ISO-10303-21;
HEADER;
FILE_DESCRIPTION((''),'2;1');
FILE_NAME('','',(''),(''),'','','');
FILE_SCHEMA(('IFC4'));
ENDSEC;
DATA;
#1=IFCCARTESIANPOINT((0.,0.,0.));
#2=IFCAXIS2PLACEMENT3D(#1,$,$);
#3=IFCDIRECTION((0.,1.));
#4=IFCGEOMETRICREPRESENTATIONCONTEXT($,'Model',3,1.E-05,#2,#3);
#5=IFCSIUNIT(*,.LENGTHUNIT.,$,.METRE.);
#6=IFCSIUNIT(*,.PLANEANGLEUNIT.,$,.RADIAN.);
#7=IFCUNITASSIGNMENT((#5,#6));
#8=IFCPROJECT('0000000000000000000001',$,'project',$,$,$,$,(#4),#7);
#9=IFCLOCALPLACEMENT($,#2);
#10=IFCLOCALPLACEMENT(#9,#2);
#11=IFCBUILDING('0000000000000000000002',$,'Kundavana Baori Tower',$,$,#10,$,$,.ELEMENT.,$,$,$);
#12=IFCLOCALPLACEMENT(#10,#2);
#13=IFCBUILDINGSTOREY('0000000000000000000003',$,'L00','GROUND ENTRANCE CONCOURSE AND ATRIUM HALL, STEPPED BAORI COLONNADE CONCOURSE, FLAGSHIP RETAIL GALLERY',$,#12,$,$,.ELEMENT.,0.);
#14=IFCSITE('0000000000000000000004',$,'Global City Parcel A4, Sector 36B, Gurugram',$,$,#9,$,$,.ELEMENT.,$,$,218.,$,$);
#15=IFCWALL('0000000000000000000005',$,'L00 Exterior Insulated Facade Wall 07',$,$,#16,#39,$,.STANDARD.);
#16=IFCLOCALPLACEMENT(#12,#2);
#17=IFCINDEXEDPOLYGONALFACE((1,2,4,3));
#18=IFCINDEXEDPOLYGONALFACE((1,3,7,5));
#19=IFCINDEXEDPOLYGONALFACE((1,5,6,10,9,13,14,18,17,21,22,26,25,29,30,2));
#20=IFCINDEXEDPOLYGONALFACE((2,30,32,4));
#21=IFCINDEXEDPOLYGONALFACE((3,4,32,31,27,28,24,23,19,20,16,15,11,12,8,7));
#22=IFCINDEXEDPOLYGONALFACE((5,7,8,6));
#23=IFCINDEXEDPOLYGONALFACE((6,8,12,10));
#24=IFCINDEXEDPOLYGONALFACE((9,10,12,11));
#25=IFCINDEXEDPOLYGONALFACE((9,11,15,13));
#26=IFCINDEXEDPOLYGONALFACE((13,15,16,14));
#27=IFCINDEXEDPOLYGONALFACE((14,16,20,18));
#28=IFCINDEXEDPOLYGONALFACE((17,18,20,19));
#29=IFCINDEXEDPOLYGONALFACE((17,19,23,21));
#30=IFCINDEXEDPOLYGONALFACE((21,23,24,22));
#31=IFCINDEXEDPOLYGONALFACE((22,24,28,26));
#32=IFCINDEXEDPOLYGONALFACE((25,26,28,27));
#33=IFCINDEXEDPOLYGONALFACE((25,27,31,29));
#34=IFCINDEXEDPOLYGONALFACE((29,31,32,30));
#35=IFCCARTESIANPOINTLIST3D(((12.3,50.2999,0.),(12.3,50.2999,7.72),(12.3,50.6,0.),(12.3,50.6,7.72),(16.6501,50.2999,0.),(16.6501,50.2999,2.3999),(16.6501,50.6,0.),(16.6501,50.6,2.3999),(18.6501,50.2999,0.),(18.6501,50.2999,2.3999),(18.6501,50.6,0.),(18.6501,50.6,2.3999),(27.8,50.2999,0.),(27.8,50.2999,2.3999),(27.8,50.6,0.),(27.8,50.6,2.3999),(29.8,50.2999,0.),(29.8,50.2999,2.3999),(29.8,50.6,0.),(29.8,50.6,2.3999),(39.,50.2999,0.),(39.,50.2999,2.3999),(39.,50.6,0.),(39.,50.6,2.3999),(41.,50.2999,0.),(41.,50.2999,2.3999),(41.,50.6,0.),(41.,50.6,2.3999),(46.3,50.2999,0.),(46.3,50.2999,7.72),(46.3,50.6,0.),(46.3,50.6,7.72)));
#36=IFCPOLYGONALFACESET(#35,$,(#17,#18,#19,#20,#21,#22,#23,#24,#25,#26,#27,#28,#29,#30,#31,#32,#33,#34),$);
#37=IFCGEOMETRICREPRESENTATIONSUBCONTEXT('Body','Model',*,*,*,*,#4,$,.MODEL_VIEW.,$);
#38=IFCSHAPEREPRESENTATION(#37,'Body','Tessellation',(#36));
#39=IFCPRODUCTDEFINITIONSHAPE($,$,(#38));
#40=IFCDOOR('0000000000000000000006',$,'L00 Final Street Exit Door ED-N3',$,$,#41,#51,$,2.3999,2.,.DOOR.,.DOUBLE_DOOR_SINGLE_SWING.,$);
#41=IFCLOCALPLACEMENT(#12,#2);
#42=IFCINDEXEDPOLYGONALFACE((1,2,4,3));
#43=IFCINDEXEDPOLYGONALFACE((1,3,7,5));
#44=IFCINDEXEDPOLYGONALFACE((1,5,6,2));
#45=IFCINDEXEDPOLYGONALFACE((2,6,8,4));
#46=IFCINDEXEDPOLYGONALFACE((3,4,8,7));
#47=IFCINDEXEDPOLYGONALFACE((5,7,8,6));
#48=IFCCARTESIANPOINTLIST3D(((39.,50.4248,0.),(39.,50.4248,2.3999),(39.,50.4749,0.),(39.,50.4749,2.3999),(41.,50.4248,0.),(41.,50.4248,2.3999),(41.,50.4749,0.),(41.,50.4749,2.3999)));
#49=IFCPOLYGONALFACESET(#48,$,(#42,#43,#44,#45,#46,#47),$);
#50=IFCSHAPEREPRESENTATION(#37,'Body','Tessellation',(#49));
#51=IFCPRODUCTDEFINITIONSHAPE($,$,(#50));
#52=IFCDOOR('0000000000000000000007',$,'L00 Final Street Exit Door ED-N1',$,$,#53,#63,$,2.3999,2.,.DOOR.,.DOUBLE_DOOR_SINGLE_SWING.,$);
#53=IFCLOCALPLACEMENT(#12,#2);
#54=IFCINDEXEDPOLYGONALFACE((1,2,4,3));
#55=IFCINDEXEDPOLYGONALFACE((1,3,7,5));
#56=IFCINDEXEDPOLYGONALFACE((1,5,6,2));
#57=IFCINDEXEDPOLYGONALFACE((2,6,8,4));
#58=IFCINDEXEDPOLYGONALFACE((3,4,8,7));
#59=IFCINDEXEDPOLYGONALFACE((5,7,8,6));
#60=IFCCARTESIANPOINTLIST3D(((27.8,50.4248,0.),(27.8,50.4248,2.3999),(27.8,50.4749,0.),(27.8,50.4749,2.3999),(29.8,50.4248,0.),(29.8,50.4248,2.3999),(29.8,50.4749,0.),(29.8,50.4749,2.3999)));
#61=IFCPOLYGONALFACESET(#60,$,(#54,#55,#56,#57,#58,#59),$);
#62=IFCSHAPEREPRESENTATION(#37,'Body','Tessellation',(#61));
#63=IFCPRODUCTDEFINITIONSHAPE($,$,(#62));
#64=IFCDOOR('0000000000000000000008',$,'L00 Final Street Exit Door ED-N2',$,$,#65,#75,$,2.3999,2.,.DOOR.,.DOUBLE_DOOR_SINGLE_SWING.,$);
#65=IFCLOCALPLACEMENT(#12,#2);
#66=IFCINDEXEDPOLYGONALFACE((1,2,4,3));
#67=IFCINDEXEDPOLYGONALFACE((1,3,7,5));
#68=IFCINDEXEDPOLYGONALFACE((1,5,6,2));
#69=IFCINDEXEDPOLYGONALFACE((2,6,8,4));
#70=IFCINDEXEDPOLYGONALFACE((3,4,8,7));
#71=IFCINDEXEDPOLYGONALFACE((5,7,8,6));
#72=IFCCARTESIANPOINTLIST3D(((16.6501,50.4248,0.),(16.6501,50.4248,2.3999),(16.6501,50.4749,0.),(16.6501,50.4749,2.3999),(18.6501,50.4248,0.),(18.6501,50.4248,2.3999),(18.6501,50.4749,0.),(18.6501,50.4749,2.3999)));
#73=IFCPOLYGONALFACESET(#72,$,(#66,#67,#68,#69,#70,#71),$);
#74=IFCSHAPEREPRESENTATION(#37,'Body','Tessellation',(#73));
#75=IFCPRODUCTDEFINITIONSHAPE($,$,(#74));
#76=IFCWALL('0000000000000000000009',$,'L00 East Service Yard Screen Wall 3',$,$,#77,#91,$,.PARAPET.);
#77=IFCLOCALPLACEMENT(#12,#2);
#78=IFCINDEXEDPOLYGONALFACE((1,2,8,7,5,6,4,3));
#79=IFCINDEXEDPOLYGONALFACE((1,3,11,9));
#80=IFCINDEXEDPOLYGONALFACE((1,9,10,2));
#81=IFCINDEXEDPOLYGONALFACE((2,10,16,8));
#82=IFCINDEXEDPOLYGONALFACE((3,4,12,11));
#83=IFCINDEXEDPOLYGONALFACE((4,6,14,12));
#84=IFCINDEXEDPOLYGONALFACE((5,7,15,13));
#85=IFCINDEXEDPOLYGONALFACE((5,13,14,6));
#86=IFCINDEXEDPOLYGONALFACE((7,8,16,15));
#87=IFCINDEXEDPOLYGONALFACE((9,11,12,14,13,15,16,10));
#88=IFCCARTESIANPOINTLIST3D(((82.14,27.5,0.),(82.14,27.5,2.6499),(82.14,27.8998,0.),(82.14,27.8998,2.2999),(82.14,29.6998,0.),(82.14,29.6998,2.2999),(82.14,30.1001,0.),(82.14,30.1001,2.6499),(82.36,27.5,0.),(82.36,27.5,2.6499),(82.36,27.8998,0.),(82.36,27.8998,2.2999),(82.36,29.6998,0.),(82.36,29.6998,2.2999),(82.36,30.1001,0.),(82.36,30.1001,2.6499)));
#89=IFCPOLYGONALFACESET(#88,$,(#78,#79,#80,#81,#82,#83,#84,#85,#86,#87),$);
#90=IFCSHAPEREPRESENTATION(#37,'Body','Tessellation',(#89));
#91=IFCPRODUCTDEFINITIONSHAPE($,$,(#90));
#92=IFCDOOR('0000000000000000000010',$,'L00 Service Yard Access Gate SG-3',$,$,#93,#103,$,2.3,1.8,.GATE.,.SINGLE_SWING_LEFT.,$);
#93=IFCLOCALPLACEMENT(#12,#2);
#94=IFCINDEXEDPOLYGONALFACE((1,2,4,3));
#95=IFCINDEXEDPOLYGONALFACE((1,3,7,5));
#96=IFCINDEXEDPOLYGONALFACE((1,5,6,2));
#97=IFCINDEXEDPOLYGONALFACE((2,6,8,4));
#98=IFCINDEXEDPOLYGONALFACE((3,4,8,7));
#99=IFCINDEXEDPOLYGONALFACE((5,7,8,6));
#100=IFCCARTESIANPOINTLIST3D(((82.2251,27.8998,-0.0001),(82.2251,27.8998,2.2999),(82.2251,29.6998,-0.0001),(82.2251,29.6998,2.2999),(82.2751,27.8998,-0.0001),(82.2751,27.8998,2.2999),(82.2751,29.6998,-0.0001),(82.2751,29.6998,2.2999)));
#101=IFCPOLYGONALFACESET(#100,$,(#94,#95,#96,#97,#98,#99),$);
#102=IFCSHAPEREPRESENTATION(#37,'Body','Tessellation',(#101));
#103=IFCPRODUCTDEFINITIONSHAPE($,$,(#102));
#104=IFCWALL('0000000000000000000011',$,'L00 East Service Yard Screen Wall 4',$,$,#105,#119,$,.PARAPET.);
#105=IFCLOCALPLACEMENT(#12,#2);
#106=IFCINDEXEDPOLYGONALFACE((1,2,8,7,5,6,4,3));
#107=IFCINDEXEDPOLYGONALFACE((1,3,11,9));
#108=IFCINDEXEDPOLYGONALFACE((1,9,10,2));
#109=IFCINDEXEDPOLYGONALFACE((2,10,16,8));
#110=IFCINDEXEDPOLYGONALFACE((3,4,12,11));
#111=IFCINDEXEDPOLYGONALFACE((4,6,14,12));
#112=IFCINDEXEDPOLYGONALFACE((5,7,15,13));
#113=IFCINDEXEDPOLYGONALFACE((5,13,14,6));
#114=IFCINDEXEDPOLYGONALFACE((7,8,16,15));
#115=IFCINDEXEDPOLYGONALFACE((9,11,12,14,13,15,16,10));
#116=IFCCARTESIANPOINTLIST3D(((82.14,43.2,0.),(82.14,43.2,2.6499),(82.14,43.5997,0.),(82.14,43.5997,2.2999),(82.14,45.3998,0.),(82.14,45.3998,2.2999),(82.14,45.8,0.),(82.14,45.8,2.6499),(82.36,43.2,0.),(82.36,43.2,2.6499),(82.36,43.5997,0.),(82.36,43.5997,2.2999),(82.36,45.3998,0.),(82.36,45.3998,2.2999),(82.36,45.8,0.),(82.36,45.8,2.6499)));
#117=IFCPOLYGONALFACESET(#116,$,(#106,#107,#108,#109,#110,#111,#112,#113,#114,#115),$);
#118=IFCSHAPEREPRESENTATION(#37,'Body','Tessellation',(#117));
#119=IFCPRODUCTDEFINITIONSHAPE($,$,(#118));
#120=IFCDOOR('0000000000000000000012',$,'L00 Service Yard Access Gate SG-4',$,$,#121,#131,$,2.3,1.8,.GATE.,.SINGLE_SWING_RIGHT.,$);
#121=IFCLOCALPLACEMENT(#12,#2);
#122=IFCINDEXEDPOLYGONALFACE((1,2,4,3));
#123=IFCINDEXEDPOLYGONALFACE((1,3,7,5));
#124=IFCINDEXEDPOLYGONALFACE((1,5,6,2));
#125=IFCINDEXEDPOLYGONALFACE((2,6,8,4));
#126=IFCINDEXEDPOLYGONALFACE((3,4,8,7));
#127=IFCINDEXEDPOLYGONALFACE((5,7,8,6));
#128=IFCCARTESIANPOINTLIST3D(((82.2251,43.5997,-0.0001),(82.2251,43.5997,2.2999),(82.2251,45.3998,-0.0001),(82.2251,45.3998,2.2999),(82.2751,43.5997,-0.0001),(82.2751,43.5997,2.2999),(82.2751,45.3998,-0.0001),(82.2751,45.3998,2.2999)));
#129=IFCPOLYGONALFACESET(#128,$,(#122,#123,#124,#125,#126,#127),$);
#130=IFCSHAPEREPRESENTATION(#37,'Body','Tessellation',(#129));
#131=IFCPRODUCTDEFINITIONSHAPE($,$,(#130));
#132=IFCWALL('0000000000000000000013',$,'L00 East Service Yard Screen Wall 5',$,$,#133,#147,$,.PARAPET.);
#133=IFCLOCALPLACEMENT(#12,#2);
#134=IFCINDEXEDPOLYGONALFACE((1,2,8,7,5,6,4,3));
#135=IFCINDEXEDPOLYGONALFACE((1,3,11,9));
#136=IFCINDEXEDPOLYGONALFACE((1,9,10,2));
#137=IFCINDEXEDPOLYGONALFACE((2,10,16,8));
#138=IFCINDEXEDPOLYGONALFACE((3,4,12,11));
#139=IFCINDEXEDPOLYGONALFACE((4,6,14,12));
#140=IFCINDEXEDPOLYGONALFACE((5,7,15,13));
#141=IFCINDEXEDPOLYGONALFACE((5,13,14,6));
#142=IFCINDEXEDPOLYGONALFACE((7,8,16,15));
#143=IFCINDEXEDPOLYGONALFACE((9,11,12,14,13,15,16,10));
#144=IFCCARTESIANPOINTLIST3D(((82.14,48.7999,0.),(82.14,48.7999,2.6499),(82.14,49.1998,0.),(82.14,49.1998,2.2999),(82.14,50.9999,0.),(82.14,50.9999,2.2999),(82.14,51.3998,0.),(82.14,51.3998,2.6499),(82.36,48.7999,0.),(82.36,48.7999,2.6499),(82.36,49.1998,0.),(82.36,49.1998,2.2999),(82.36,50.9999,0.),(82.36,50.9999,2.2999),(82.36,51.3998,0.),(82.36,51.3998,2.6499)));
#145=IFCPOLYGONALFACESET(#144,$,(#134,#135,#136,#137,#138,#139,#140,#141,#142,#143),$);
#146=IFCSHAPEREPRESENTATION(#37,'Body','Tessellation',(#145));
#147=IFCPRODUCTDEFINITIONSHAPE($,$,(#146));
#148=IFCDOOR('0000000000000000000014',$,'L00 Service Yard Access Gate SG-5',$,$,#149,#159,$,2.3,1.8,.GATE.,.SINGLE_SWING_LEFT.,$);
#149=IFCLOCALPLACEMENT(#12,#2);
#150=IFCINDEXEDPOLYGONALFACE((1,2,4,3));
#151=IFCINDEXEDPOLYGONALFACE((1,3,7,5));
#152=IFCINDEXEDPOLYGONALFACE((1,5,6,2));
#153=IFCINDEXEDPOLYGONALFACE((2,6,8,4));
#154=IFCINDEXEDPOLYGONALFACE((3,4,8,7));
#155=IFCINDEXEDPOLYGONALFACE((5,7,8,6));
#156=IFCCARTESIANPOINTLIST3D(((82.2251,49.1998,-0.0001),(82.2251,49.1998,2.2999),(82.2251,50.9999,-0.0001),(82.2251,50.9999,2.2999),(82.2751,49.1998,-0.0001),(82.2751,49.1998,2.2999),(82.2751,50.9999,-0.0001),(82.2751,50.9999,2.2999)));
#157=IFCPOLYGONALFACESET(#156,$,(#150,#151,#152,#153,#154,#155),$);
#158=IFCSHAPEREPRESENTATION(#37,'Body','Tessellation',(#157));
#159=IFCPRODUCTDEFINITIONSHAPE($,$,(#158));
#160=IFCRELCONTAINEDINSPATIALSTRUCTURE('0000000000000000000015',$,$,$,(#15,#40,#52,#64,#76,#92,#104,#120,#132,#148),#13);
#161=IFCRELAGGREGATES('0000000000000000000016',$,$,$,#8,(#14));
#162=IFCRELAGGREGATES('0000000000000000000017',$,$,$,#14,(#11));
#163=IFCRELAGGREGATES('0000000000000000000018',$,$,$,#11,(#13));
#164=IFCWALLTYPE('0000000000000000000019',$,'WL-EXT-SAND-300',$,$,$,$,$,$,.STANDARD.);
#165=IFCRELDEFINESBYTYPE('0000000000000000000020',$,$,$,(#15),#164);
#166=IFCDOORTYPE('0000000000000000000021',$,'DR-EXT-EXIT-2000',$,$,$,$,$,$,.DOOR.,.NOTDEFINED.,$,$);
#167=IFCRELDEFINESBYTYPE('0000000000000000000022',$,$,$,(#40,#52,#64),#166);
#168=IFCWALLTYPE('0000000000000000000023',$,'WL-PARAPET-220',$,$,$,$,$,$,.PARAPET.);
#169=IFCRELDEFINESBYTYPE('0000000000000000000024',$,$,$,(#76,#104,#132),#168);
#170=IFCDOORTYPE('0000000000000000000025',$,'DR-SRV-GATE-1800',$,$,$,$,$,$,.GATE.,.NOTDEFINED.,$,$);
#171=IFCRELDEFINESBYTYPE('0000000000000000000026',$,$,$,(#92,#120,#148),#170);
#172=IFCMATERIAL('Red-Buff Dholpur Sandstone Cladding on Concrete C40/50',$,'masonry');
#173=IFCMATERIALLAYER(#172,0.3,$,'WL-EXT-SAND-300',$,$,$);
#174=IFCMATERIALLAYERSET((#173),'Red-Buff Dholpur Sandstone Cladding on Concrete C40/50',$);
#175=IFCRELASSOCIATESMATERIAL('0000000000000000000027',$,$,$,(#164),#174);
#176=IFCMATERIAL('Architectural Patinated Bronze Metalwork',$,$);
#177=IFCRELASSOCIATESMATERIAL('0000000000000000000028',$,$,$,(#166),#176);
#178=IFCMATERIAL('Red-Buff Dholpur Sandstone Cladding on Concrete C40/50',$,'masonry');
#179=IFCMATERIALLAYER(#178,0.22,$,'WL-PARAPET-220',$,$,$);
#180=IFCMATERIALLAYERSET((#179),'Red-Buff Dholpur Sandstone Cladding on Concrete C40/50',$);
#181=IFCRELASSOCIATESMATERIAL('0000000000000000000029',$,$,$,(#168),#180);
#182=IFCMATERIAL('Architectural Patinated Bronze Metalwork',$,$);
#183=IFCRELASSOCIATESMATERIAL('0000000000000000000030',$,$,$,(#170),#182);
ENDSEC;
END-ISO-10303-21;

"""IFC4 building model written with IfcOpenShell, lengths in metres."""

from ifc_helpers import new_model, si_unit, direction, frame, frame_2d, origin, place, context, subcontext, project, spatial, rectangle, extrude, material, layer, layer_set, type_object, element, fill, save


model = new_model("IFC4")

# Units and contexts
model_context = context("Model", 3, precision=1e-05, world=origin(), true_north=direction((0.0, 1.0)))
body_context = subcontext(model_context, "Body", "Model", "MODEL_VIEW")
ifc_project = project(units=[si_unit("LENGTHUNIT", "METRE"), si_unit("PLANEANGLEUNIT", "RADIAN")], contexts=[model_context])

# Site, building, storey
site_placement = place(None, origin())
site = spatial("IfcSite", under=ifc_project, at=site_placement, Name="Global City Parcel A4, Sector 36B, Gurugram", CompositionType="ELEMENT", RefElevation=218.0)
building_placement = place(site_placement, origin())
building = spatial("IfcBuilding", under=site, at=building_placement, Name="Kundavana Baori Tower", CompositionType="ELEMENT")
storey_placement = place(building_placement, origin())
storey = spatial("IfcBuildingStorey", under=building, at=storey_placement, Name="L00", Description="GROUND ENTRANCE CONCOURSE AND ATRIUM HALL, STEPPED BAORI COLONNADE CONCOURSE, FLAGSHIP RETAIL GALLERY", CompositionType="ELEMENT", Elevation=0.0)

# Shared definitions
ifc_material_1 = material(Name="Red-Buff Dholpur Sandstone Cladding on Concrete C40/50", Category="masonry")
ifc_layer_1 = layer(ifc_material_1, 0.3, Name="WL-EXT-SAND-300")
ifc_layer_set_1 = layer_set([ifc_layer_1], Name="Red-Buff Dholpur Sandstone Cladding on Concrete C40/50")
wall_type_1 = type_object("IfcWallType", Name="WL-EXT-SAND-300", PredefinedType="STANDARD", material=ifc_layer_set_1)

# Wall, openings, doors
wall_1_placement = place(storey_placement, frame((46.3, 50.45, 0.0), z_axis=(0.0, 0.0, 1.0), x_axis=(-1.0, 0.0, 0.0)))
wall_1 = element("IfcWall", 1, at=wall_1_placement, inside=storey, type_object=wall_type_1, Name="L00 Exterior Insulated Facade Wall 07", PredefinedType="STANDARD", context=body_context, shape_type="SweptSolid", body=[
    extrude(rectangle(XDim=34.0, YDim=0.3, at=frame_2d((17.0, 0.0))), origin(), (0.0, 0.0, 1.0), 7.72),
])
opening_1_placement = place(wall_1_placement, frame((5.3, 0.0, 0.0)))
opening_1 = element("IfcOpeningElement", 2, at=opening_1_placement, cuts=wall_1, PredefinedType="OPENING", context=body_context, shape_type="SweptSolid", body=[
    extrude(rectangle(XDim=2.0, YDim=2.3999, at=frame_2d((1.0, 1.2))), frame((0.0, 0.1602, 0.0), z_axis=(0.0, -1.0, 0.0), x_axis=(1.0, 0.0, 0.0)), (0.0, 0.0, 1.0), 0.3201),
])
opening_2_placement = place(wall_1_placement, frame((16.5, 0.0, 0.0)))
opening_2 = element("IfcOpeningElement", 3, at=opening_2_placement, cuts=wall_1, PredefinedType="OPENING", context=body_context, shape_type="SweptSolid", body=[
    extrude(rectangle(XDim=2.0, YDim=2.3999, at=frame_2d((1.0, 1.2))), frame((0.0, 0.1602, 0.0), z_axis=(0.0, -1.0, 0.0), x_axis=(1.0, 0.0, 0.0)), (0.0, 0.0, 1.0), 0.3201),
])
opening_3_placement = place(wall_1_placement, frame((27.6499, 0.0, 0.0)))
opening_3 = element("IfcOpeningElement", 4, at=opening_3_placement, cuts=wall_1, PredefinedType="OPENING", context=body_context, shape_type="SweptSolid", body=[
    extrude(rectangle(XDim=2.0, YDim=2.3999, at=frame_2d((1.0, 1.2))), frame((0.0, 0.1602, 0.0), z_axis=(0.0, -1.0, 0.0), x_axis=(1.0, 0.0, 0.0)), (0.0, 0.0, 1.0), 0.3201),
])
ifc_material_2 = material(Name="Architectural Patinated Bronze Metalwork")
door_type_1 = type_object("IfcDoorType", Name="DR-EXT-EXIT-2000", OperationType="NOTDEFINED", PredefinedType="DOOR", material=ifc_material_2)
door_1_placement = place(opening_1_placement, frame((2.0, 0.0, 0.0), z_axis=(0.0, 0.0, 1.0), x_axis=(-1.0, 0.0, 0.0)))
door_1 = element("IfcDoor", 5, at=door_1_placement, inside=storey, type_object=door_type_1, Name="L00 Final Street Exit Door ED-N3", OperationType="DOUBLE_DOOR_SINGLE_SWING", OverallHeight=2.3999, OverallWidth=2.0, PredefinedType="DOOR", context=body_context, shape_type="SweptSolid", body=[
    extrude(rectangle(XDim=2.0, YDim=2.3999, at=frame_2d((1.0, 1.2))), frame((0.0, 0.0249, 0.0), z_axis=(0.0, -1.0, 0.0), x_axis=(1.0, 0.0, 0.0)), (0.0, 0.0, 1.0), 0.05),
])
fill(opening_1, door_1)
door_2_placement = place(opening_2_placement, frame((2.0, 0.0, 0.0), z_axis=(0.0, 0.0, 1.0), x_axis=(-1.0, 0.0, 0.0)))
door_2 = element("IfcDoor", 6, at=door_2_placement, inside=storey, type_object=door_type_1, Name="L00 Final Street Exit Door ED-N1", OperationType="DOUBLE_DOOR_SINGLE_SWING", OverallHeight=2.3999, OverallWidth=2.0, PredefinedType="DOOR", context=body_context, shape_type="SweptSolid", body=[
    extrude(rectangle(XDim=2.0, YDim=2.3999, at=frame_2d((1.0, 1.2))), frame((0.0, 0.0249, 0.0), z_axis=(0.0, -1.0, 0.0), x_axis=(1.0, 0.0, 0.0)), (0.0, 0.0, 1.0), 0.05),
])
fill(opening_2, door_2)
door_3_placement = place(opening_3_placement, frame((2.0, 0.0, 0.0), z_axis=(0.0, 0.0, 1.0), x_axis=(-1.0, 0.0, 0.0)))
door_3 = element("IfcDoor", 7, at=door_3_placement, inside=storey, type_object=door_type_1, Name="L00 Final Street Exit Door ED-N2", OperationType="DOUBLE_DOOR_SINGLE_SWING", OverallHeight=2.3999, OverallWidth=2.0, PredefinedType="DOOR", context=body_context, shape_type="SweptSolid", body=[
    extrude(rectangle(XDim=2.0, YDim=2.3999, at=frame_2d((1.0, 1.2))), frame((0.0, 0.0249, 0.0), z_axis=(0.0, -1.0, 0.0), x_axis=(1.0, 0.0, 0.0)), (0.0, 0.0, 1.0), 0.05),
])
fill(opening_3, door_3)

# Walls, openings, doors
ifc_material_3 = material(Name="Red-Buff Dholpur Sandstone Cladding on Concrete C40/50", Category="masonry")
ifc_layer_2 = layer(ifc_material_3, 0.22, Name="WL-PARAPET-220")
ifc_layer_set_2 = layer_set([ifc_layer_2], Name="Red-Buff Dholpur Sandstone Cladding on Concrete C40/50")
wall_type_2 = type_object("IfcWallType", Name="WL-PARAPET-220", PredefinedType="PARAPET", material=ifc_layer_set_2)
wall_2_placement = place(storey_placement, frame((82.25, 27.5, 0.0), z_axis=(0.0, 0.0, 1.0), x_axis=(0.0, 1.0, 0.0)))
wall_2 = element("IfcWall", 8, at=wall_2_placement, inside=storey, type_object=wall_type_2, Name="L00 East Service Yard Screen Wall 3", PredefinedType="PARAPET", context=body_context, shape_type="SweptSolid", body=[
    extrude(rectangle(XDim=2.6001, YDim=0.22, at=frame_2d((1.3, 0.0))), origin(), (0.0, 0.0, 1.0), 2.6499),
])
opening_4_placement = place(wall_2_placement, frame((0.3999, 0.0, 0.0)))
opening_4 = element("IfcOpeningElement", 9, at=opening_4_placement, cuts=wall_2, PredefinedType="OPENING", context=body_context, shape_type="SweptSolid", body=[
    extrude(rectangle(XDim=1.8, YDim=2.3, at=frame_2d((0.8999, 1.1499))), frame((0.0, 0.1201, 0.0), z_axis=(0.0, -1.0, 0.0), x_axis=(1.0, 0.0, 0.0)), (0.0, 0.0, 1.0), 0.24),
])
ifc_material_4 = material(Name="Architectural Patinated Bronze Metalwork")
door_type_2 = type_object("IfcDoorType", Name="DR-SRV-GATE-1800", OperationType="NOTDEFINED", PredefinedType="GATE", material=ifc_material_4)
door_4_placement = place(opening_4_placement, origin())
door_4 = element("IfcDoor", 10, at=door_4_placement, inside=storey, type_object=door_type_2, Name="L00 Service Yard Access Gate SG-3", OperationType="SINGLE_SWING_LEFT", OverallHeight=2.3, OverallWidth=1.8, PredefinedType="GATE", context=body_context, shape_type="SweptSolid", body=[
    extrude(rectangle(XDim=1.8, YDim=2.3, at=frame_2d((0.8999, 1.1499))), frame((0.0, 0.0249, 0.0), z_axis=(0.0, -1.0, 0.0), x_axis=(1.0, 0.0, 0.0)), (0.0, 0.0, 1.0), 0.05),
])
fill(opening_4, door_4)
wall_3_placement = place(storey_placement, frame((82.25, 43.2, 0.0), z_axis=(0.0, 0.0, 1.0), x_axis=(0.0, 1.0, 0.0)))
wall_3 = element("IfcWall", 11, at=wall_3_placement, inside=storey, type_object=wall_type_2, Name="L00 East Service Yard Screen Wall 4", PredefinedType="PARAPET", context=body_context, shape_type="SweptSolid", body=[
    extrude(rectangle(XDim=2.6001, YDim=0.22, at=frame_2d((1.3, 0.0))), origin(), (0.0, 0.0, 1.0), 2.6499),
])
opening_5_placement = place(wall_3_placement, frame((0.3999, 0.0, 0.0)))
opening_5 = element("IfcOpeningElement", 12, at=opening_5_placement, cuts=wall_3, PredefinedType="OPENING", context=body_context, shape_type="SweptSolid", body=[
    extrude(rectangle(XDim=1.8, YDim=2.3, at=frame_2d((0.8999, 1.1499))), frame((0.0, 0.1201, 0.0), z_axis=(0.0, -1.0, 0.0), x_axis=(1.0, 0.0, 0.0)), (0.0, 0.0, 1.0), 0.24),
])
door_5_placement = place(opening_5_placement, origin())
door_5 = element("IfcDoor", 13, at=door_5_placement, inside=storey, type_object=door_type_2, Name="L00 Service Yard Access Gate SG-4", OperationType="SINGLE_SWING_RIGHT", OverallHeight=2.3, OverallWidth=1.8, PredefinedType="GATE", context=body_context, shape_type="SweptSolid", body=[
    extrude(rectangle(XDim=1.8, YDim=2.3, at=frame_2d((0.8999, 1.1499))), frame((0.0, 0.0249, 0.0), z_axis=(0.0, -1.0, 0.0), x_axis=(1.0, 0.0, 0.0)), (0.0, 0.0, 1.0), 0.05),
])
fill(opening_5, door_5)
wall_4_placement = place(storey_placement, frame((82.25, 48.8, 0.0), z_axis=(0.0, 0.0, 1.0), x_axis=(0.0, 1.0, 0.0)))
wall_4 = element("IfcWall", 14, at=wall_4_placement, inside=storey, type_object=wall_type_2, Name="L00 East Service Yard Screen Wall 5", PredefinedType="PARAPET", context=body_context, shape_type="SweptSolid", body=[
    extrude(rectangle(XDim=2.5999, YDim=0.22, at=frame_2d((1.2998, 0.0))), origin(), (0.0, 0.0, 1.0), 2.6499),
])
opening_6_placement = place(wall_4_placement, frame((0.3999, 0.0, 0.0)))
opening_6 = element("IfcOpeningElement", 15, at=opening_6_placement, cuts=wall_4, PredefinedType="OPENING", context=body_context, shape_type="SweptSolid", body=[
    extrude(rectangle(XDim=1.8, YDim=2.3, at=frame_2d((0.8999, 1.1499))), frame((0.0, 0.1201, 0.0), z_axis=(0.0, -1.0, 0.0), x_axis=(1.0, 0.0, 0.0)), (0.0, 0.0, 1.0), 0.24),
])
door_6_placement = place(opening_6_placement, origin())
door_6 = element("IfcDoor", 16, at=door_6_placement, inside=storey, type_object=door_type_2, Name="L00 Service Yard Access Gate SG-5", OperationType="SINGLE_SWING_LEFT", OverallHeight=2.3, OverallWidth=1.8, PredefinedType="GATE", context=body_context, shape_type="SweptSolid", body=[
    extrude(rectangle(XDim=1.8, YDim=2.3, at=frame_2d((0.8999, 1.1499))), frame((0.0, 0.0249, 0.0), z_axis=(0.0, -1.0, 0.0), x_axis=(1.0, 0.0, 0.0)), (0.0, 0.0, 1.0), 0.05),
])
fill(opening_6, door_6)

save(model, "model.ifc")
